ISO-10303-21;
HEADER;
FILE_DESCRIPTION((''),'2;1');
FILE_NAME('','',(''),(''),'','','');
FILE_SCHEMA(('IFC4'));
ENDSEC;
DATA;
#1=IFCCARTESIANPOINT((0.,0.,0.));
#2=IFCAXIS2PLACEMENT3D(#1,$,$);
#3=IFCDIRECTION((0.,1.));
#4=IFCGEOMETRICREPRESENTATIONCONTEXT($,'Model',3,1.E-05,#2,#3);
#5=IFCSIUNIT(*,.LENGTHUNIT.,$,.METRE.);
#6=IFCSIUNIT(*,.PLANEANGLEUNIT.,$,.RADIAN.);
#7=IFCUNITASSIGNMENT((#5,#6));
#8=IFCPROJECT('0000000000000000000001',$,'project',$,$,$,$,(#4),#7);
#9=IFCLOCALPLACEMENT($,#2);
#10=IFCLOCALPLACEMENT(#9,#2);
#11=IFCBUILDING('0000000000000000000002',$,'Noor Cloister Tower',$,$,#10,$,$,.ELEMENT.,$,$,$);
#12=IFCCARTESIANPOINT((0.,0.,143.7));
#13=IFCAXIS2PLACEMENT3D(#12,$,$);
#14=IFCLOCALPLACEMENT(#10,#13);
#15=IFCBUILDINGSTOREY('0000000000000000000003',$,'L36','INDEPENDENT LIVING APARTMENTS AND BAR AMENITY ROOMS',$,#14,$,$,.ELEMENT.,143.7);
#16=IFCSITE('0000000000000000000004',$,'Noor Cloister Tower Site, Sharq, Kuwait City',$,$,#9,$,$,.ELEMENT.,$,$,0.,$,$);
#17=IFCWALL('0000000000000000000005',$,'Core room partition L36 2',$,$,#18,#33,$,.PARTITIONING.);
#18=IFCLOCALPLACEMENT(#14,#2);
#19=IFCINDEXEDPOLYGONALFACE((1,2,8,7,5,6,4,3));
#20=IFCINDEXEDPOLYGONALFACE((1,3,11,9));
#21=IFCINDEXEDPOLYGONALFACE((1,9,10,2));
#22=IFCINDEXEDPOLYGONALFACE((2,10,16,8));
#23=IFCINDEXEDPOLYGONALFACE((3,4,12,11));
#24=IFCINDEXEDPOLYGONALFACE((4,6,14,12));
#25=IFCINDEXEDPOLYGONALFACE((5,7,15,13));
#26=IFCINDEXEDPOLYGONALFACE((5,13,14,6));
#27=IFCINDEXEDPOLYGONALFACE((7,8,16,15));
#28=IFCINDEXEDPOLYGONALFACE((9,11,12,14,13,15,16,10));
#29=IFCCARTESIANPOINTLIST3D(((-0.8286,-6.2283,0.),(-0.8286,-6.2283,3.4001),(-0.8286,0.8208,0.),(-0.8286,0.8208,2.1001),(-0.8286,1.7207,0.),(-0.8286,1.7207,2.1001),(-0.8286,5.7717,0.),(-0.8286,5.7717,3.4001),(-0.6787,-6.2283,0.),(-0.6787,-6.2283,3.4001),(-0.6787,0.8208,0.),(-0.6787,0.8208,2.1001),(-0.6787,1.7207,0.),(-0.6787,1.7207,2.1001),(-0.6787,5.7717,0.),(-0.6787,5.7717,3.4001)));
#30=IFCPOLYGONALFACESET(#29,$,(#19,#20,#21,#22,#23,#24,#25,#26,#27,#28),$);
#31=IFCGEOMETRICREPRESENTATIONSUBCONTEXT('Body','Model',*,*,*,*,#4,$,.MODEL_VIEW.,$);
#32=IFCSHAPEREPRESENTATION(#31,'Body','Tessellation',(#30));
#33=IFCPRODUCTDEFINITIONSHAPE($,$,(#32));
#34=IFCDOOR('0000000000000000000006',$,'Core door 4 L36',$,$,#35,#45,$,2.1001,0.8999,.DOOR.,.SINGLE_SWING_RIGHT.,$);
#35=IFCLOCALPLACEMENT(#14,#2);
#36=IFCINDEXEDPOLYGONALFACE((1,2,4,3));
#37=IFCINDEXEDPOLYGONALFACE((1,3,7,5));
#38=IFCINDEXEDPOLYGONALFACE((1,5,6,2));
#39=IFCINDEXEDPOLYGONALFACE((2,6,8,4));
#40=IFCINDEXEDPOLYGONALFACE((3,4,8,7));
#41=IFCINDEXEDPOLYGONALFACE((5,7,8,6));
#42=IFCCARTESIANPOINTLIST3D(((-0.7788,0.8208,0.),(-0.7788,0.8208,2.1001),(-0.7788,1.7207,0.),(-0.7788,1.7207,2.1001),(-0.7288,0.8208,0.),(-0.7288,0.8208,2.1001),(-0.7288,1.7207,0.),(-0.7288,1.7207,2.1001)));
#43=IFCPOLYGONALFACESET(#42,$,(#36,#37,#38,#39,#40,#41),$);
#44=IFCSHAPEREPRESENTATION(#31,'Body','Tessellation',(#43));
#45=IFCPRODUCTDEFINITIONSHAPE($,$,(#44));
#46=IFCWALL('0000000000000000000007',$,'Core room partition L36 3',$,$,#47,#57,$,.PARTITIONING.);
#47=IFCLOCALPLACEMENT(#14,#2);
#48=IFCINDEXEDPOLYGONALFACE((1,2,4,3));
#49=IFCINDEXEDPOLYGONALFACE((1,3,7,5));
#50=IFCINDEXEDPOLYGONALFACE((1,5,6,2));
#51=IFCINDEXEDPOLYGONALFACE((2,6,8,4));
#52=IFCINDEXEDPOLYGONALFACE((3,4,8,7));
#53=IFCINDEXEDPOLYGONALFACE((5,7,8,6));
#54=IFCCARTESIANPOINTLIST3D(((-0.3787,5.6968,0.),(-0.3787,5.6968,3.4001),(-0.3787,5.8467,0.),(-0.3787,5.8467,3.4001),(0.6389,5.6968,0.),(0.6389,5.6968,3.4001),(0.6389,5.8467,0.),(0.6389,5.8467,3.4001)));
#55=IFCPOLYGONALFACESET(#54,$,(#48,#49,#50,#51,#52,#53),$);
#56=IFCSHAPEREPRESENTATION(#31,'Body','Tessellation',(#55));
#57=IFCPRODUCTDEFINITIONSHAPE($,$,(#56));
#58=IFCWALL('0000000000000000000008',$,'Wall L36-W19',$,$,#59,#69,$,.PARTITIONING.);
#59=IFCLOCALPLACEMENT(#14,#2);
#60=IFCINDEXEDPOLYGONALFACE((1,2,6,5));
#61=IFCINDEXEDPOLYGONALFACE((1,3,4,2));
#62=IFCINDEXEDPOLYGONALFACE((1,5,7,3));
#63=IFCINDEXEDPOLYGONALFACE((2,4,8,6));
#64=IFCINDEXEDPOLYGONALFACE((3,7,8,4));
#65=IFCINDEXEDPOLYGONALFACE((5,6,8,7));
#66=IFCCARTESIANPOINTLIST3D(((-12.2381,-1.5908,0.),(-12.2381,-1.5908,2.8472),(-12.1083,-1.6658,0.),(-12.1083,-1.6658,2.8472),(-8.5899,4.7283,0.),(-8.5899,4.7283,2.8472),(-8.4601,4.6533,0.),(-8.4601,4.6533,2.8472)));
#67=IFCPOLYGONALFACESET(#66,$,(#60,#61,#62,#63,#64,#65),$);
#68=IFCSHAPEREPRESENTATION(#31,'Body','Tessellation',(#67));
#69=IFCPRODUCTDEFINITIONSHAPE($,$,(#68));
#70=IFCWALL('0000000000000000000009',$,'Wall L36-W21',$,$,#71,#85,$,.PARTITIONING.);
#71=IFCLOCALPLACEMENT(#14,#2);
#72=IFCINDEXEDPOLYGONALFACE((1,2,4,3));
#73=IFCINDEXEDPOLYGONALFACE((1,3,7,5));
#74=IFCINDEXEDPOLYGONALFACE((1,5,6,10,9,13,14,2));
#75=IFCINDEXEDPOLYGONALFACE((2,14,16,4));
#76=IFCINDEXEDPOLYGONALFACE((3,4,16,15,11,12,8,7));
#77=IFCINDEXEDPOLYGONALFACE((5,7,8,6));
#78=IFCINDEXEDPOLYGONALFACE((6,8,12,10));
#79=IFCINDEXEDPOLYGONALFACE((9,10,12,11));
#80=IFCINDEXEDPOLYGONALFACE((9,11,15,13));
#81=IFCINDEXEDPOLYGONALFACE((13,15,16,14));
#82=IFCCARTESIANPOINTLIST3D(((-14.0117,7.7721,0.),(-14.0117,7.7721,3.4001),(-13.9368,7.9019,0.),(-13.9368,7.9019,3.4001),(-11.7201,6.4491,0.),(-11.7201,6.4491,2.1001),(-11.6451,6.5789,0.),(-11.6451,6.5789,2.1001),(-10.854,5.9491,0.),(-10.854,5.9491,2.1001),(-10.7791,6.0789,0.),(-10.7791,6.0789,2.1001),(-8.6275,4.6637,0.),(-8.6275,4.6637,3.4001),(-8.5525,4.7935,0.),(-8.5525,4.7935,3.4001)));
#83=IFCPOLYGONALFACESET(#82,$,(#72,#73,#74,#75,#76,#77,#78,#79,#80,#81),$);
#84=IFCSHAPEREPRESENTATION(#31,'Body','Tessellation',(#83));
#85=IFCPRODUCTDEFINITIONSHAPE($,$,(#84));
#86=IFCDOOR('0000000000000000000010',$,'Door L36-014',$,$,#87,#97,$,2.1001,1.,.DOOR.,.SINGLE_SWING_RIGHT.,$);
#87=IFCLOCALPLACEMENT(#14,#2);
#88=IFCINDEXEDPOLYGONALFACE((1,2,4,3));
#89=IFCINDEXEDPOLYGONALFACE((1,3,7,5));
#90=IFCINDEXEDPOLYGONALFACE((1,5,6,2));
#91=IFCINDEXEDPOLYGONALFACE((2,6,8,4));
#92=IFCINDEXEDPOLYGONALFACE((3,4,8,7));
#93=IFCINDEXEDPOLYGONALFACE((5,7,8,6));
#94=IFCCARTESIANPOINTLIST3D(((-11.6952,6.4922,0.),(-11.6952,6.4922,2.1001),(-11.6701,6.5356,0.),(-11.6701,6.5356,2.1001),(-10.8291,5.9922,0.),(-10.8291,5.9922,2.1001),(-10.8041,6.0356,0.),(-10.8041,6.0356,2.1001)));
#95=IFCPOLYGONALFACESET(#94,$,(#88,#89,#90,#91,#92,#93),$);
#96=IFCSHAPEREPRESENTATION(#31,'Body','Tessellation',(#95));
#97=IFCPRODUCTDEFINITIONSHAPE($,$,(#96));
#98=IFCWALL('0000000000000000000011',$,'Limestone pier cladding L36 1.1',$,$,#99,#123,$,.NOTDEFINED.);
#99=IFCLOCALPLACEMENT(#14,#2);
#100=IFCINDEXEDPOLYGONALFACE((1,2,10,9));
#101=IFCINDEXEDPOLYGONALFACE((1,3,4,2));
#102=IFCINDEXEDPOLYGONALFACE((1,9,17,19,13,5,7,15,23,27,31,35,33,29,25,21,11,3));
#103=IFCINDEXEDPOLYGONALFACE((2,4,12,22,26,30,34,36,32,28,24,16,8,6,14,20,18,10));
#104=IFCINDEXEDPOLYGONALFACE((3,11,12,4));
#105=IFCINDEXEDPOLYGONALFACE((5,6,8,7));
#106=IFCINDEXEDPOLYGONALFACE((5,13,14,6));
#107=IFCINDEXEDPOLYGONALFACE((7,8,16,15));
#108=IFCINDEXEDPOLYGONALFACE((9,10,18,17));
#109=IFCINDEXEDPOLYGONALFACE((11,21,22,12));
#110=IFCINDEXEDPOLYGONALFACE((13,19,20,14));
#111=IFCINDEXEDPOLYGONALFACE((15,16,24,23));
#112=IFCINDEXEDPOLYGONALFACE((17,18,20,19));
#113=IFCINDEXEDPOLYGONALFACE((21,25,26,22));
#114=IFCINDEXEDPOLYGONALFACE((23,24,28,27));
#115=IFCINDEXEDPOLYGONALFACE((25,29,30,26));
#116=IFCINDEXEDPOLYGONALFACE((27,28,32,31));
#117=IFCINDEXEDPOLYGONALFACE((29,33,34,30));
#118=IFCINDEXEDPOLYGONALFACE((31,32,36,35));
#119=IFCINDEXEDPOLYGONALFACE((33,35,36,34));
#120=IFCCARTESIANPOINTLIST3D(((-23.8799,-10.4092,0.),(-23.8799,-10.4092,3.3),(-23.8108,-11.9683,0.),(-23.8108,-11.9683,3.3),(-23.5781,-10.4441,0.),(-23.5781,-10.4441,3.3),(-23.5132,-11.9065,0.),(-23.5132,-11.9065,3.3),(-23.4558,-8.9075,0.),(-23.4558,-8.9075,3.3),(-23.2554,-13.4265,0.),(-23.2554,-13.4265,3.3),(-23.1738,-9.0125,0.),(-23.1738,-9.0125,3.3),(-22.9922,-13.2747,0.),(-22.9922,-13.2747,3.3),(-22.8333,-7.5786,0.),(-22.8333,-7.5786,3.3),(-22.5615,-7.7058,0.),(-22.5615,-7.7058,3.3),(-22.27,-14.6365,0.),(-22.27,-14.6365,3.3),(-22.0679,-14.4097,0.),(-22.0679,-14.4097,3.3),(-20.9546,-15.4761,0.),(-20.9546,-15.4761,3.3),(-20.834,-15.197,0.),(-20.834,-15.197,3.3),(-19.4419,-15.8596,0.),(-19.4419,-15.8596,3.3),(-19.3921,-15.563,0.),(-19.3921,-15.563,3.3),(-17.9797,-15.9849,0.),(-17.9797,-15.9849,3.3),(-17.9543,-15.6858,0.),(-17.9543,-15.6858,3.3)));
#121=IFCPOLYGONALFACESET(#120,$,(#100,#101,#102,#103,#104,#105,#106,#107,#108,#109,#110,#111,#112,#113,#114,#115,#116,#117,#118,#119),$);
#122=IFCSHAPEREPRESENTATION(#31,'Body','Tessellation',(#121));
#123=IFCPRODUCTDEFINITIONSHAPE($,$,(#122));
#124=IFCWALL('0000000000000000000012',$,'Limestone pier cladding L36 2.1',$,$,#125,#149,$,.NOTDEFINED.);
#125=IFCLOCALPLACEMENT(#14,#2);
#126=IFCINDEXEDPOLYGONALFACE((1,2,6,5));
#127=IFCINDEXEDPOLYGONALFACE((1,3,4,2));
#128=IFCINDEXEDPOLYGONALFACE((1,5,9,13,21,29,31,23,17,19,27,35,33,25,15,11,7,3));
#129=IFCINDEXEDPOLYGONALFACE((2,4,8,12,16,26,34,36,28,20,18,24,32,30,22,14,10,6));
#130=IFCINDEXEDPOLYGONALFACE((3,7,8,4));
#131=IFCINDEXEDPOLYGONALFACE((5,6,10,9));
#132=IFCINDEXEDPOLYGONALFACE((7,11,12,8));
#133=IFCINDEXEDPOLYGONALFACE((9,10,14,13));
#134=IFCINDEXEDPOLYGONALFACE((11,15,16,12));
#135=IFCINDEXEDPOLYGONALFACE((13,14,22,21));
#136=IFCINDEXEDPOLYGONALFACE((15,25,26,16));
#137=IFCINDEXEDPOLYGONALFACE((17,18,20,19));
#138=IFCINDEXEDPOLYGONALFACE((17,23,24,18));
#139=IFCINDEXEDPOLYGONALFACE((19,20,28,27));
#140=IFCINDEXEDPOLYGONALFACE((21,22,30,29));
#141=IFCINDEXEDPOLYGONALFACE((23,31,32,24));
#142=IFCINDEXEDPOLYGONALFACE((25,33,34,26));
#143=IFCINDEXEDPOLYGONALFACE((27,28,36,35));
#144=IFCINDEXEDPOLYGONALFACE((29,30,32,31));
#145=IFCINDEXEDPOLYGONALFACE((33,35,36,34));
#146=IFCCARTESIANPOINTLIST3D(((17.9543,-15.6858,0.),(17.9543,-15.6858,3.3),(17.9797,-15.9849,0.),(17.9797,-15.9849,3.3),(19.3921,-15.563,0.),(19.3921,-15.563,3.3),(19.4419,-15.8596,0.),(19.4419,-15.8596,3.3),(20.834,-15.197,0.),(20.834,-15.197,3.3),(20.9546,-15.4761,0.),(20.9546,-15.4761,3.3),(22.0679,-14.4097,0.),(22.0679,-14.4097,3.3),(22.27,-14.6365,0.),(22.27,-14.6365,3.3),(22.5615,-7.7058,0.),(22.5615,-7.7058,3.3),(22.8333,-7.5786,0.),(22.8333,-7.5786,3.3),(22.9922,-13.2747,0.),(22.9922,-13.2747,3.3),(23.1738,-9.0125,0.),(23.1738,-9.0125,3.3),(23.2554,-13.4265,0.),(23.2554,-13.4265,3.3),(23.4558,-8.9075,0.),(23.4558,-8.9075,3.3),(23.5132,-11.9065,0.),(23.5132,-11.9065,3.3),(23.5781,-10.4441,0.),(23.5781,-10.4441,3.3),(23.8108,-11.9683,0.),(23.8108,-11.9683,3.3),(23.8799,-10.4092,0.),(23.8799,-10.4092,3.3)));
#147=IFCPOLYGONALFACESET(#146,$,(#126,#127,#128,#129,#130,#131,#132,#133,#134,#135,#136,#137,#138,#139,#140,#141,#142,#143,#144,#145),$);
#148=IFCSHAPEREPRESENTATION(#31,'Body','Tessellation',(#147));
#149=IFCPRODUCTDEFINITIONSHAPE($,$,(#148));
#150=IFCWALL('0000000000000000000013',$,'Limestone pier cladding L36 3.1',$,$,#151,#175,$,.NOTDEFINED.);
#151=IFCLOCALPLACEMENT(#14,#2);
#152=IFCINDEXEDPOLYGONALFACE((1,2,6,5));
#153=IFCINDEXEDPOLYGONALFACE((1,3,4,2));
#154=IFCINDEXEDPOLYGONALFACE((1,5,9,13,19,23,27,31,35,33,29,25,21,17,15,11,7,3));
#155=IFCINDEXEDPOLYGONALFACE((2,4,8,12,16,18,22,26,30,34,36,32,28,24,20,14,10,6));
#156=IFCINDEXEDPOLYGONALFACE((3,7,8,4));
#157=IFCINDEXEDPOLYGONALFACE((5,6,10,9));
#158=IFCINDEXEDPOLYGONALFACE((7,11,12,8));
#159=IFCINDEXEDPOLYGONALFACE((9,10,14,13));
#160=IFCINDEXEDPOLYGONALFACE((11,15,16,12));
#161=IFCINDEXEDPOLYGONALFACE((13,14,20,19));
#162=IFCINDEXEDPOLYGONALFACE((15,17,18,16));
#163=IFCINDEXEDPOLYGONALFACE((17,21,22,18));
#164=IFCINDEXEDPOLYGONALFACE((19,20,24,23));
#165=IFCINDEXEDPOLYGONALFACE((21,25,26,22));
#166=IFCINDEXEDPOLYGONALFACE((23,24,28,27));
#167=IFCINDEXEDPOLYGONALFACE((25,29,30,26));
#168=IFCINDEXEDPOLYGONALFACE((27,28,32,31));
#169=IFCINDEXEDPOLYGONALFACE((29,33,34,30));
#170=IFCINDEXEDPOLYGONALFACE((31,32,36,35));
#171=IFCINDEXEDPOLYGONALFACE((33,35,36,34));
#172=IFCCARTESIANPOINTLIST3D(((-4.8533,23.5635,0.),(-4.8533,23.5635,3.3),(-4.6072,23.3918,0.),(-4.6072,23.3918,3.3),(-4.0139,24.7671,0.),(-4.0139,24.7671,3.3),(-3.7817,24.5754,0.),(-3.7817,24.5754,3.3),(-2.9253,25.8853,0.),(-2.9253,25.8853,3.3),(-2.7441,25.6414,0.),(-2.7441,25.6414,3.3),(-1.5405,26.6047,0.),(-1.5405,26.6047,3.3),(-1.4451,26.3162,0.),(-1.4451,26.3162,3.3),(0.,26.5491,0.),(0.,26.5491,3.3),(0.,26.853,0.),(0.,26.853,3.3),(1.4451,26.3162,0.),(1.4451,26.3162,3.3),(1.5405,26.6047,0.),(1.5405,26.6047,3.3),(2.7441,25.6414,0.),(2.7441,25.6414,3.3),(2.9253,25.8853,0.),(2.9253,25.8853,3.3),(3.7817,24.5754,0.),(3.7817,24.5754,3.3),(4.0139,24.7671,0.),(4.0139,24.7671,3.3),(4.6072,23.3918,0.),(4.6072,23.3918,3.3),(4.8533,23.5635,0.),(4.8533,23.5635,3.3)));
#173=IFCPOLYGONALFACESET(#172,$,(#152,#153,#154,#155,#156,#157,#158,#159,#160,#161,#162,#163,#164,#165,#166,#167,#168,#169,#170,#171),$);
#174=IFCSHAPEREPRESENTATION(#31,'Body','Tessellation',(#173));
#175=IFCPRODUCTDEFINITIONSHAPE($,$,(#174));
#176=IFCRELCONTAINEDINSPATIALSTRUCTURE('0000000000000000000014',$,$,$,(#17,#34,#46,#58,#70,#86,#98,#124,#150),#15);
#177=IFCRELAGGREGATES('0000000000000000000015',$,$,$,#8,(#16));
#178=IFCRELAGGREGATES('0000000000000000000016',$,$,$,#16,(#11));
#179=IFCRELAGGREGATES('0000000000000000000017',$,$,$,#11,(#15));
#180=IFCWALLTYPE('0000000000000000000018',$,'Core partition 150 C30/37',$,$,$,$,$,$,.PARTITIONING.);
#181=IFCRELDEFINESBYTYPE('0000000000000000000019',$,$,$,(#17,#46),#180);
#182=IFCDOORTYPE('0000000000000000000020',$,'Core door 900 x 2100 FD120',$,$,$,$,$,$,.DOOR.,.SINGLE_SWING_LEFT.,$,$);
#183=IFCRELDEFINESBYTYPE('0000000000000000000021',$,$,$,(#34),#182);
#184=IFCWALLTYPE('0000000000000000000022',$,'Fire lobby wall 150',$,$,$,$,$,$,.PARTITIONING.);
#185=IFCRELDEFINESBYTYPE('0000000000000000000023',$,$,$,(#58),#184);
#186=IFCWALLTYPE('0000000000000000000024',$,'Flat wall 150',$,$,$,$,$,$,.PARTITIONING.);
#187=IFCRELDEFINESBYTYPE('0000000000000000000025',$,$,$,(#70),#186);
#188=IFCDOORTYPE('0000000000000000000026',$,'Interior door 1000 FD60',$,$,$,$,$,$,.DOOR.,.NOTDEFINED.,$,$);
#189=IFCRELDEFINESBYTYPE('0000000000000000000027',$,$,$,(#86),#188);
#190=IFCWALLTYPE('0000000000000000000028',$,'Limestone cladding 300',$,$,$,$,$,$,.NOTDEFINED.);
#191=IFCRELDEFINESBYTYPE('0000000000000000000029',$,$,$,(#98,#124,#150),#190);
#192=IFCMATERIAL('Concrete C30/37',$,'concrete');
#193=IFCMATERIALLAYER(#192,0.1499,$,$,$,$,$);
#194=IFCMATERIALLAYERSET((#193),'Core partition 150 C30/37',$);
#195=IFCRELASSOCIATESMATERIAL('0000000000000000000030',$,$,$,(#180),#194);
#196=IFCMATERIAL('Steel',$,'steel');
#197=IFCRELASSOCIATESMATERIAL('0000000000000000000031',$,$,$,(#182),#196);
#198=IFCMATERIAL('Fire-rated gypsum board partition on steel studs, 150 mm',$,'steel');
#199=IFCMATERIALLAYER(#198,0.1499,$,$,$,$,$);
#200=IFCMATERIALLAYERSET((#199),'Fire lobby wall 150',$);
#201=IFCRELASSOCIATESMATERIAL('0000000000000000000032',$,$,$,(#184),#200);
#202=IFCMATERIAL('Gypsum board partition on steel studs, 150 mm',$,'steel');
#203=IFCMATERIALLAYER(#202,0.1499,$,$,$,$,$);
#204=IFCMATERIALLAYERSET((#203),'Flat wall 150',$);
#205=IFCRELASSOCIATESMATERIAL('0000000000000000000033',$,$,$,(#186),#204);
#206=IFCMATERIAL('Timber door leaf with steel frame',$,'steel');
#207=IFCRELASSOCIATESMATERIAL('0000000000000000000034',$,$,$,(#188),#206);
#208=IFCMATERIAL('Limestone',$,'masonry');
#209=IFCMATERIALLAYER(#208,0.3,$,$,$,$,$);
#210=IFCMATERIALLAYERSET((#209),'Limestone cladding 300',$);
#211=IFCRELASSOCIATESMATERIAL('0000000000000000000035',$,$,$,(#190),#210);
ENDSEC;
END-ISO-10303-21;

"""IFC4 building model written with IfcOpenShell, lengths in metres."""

from ifc_helpers import new_model, si_unit, direction, frame, frame_2d, origin, place, context, subcontext, project, spatial, polyline, rectangle, outline, extrude, material, layer, layer_set, type_object, element, fill, save


model = new_model("IFC4")

# Units and contexts
model_context = context("Model", 3, precision=1e-05, world=origin(), true_north=direction((0.0, 1.0)))
body_context = subcontext(model_context, "Body", "Model", "MODEL_VIEW")
ifc_project = project(units=[si_unit("LENGTHUNIT", "METRE"), si_unit("PLANEANGLEUNIT", "RADIAN")], contexts=[model_context])

# Site, building, storey
site_placement = place(None, origin())
site = spatial("IfcSite", under=ifc_project, at=site_placement, Name="Noor Cloister Tower Site, Sharq, Kuwait City", CompositionType="ELEMENT", RefElevation=0.0)
building_placement = place(site_placement, origin())
building = spatial("IfcBuilding", under=site, at=building_placement, Name="Noor Cloister Tower", CompositionType="ELEMENT")
storey_placement = place(building_placement, frame((0.0, 0.0, 143.7)))
storey = spatial("IfcBuildingStorey", under=building, at=storey_placement, Name="L36", Description="INDEPENDENT LIVING APARTMENTS AND BAR AMENITY ROOMS", CompositionType="ELEMENT", Elevation=143.7)

# Wall, opening, door
ifc_material_1 = material(Name="Concrete C30/37", Category="concrete")
ifc_layer_1 = layer(ifc_material_1, 0.1499)
ifc_layer_set_1 = layer_set([ifc_layer_1], Name="Core partition 150 C30/37")
wall_type_1 = type_object("IfcWallType", Name="Core partition 150 C30/37", PredefinedType="PARTITIONING", material=ifc_layer_set_1)
wall_1_placement = place(storey_placement, frame((-0.7537, 5.7717, 0.0), z_axis=(0.0, 0.0, 1.0), x_axis=(0.0, -1.0, 0.0)))
wall_1 = element("IfcWall", 1, at=wall_1_placement, inside=storey, type_object=wall_type_1, Name="Core room partition L36 2", PredefinedType="PARTITIONING", context=body_context, shape_type="SweptSolid", body=[
    extrude(rectangle(XDim=12.0, YDim=0.1499, at=frame_2d((6.0, 0.0))), origin(), (0.0, 0.0, 1.0), 3.4001),
])
opening_1_placement = place(wall_1_placement, frame((4.051, 0.0, 0.0)))
opening_1 = element("IfcOpeningElement", 2, at=opening_1_placement, cuts=wall_1, PredefinedType="OPENING", context=body_context, shape_type="SweptSolid", body=[
    extrude(rectangle(XDim=0.8999, YDim=2.1001, at=frame_2d((0.45, 1.05))), frame((0.0, 0.085, 0.0), z_axis=(0.0, -1.0, 0.0), x_axis=(1.0, 0.0, 0.0)), (0.0, 0.0, 1.0), 0.1699),
])
ifc_material_2 = material(Name="Steel", Category="steel")
door_type_1 = type_object("IfcDoorType", Name="Core door 900 x 2100 FD120", OperationType="SINGLE_SWING_LEFT", PredefinedType="DOOR", material=ifc_material_2)
door_1_placement = place(opening_1_placement, origin())
door_1 = element("IfcDoor", 3, at=door_1_placement, inside=storey, type_object=door_type_1, Name="Core door 4 L36", OperationType="SINGLE_SWING_RIGHT", OverallHeight=2.1001, OverallWidth=0.8999, PredefinedType="DOOR", context=body_context, shape_type="SweptSolid", body=[
    extrude(rectangle(XDim=0.8999, YDim=2.1001, at=frame_2d((0.45, 1.05))), frame((0.0, 0.0249, 0.0), z_axis=(0.0, -1.0, 0.0), x_axis=(1.0, 0.0, 0.0)), (0.0, 0.0, 1.0), 0.05),
])
fill(opening_1, door_1)

# Walls
wall_2_placement = place(storey_placement, frame((-0.3787, 5.7717, 0.0), z_axis=(0.0, 0.0, 1.0), x_axis=(1.0, 0.0, 0.0)))
element("IfcWall", 4, at=wall_2_placement, inside=storey, type_object=wall_type_1, Name="Core room partition L36 3", PredefinedType="PARTITIONING", context=body_context, shape_type="SweptSolid", body=[
    extrude(rectangle(XDim=1.0176, YDim=0.1499, at=frame_2d((0.5088, 0.0))), origin(), (0.0, 0.0, 1.0), 3.4001),
])
ifc_material_3 = material(Name="Fire-rated gypsum board partition on steel studs, 150 mm", Category="steel")
ifc_layer_2 = layer(ifc_material_3, 0.1499)
ifc_layer_set_2 = layer_set([ifc_layer_2], Name="Fire lobby wall 150")
wall_type_2 = type_object("IfcWallType", Name="Fire lobby wall 150", PredefinedType="PARTITIONING", material=ifc_layer_set_2)
wall_3_placement = place(storey_placement, frame((-8.5249, 4.6909, 0.0), z_axis=(0.0, 0.0, 1.0), x_axis=(-0.499986, -0.866033, 0.0)))
element("IfcWall", 5, at=wall_3_placement, inside=storey, type_object=wall_type_2, Name="Wall L36-W19", PredefinedType="PARTITIONING", context=body_context, shape_type="SweptSolid", body=[
    extrude(rectangle(XDim=7.2966, YDim=0.1499, at=frame_2d((3.6484, 0.0))), origin(), (0.0, 0.0, 1.0), 2.8472),
])

# Wall, opening, door
ifc_material_4 = material(Name="Gypsum board partition on steel studs, 150 mm", Category="steel")
ifc_layer_3 = layer(ifc_material_4, 0.1499)
ifc_layer_set_3 = layer_set([ifc_layer_3], Name="Flat wall 150")
wall_type_3 = type_object("IfcWallType", Name="Flat wall 150", PredefinedType="PARTITIONING", material=ifc_layer_set_3)
wall_4_placement = place(storey_placement, frame((-13.9741, 7.8369, 0.0), z_axis=(0.0, 0.0, 1.0), x_axis=(0.86604, -0.499974, 0.0)))
wall_4 = element("IfcWall", 6, at=wall_4_placement, inside=storey, type_object=wall_type_3, Name="Wall L36-W21", PredefinedType="PARTITIONING", context=body_context, shape_type="SweptSolid", body=[
    extrude(rectangle(XDim=6.217, YDim=0.1499, at=frame_2d((3.1084, 0.0))), origin(), (0.0, 0.0, 1.0), 3.4001),
])
opening_2_placement = place(wall_4_placement, frame((2.646, 0.0, 0.0)))
opening_2 = element("IfcOpeningElement", 7, at=opening_2_placement, cuts=wall_4, PredefinedType="OPENING", context=body_context, shape_type="SweptSolid", body=[
    extrude(rectangle(XDim=1.0, YDim=2.1001, at=frame_2d((0.5, 1.05))), frame((0.0, 0.085, 0.0), z_axis=(0.0, -1.0, 0.0), x_axis=(1.0, 0.0, 0.0)), (0.0, 0.0, 1.0), 0.1699),
])
ifc_material_5 = material(Name="Timber door leaf with steel frame", Category="steel")
door_type_2 = type_object("IfcDoorType", Name="Interior door 1000 FD60", OperationType="NOTDEFINED", PredefinedType="DOOR", material=ifc_material_5)
door_2_placement = place(opening_2_placement, origin())
door_2 = element("IfcDoor", 8, at=door_2_placement, inside=storey, type_object=door_type_2, Name="Door L36-014", OperationType="SINGLE_SWING_RIGHT", OverallHeight=2.1001, OverallWidth=1.0, PredefinedType="DOOR", context=body_context, shape_type="SweptSolid", body=[
    extrude(rectangle(XDim=1.0, YDim=2.1001, at=frame_2d((0.5, 1.05))), frame((0.0, 0.0249, 0.0), z_axis=(0.0, -1.0, 0.0), x_axis=(1.0, 0.0, 0.0)), (0.0, 0.0, 1.0), 0.05),
])
fill(opening_2, door_2)

# Walls
ifc_material_6 = material(Name="Limestone", Category="masonry")
ifc_layer_4 = layer(ifc_material_6, 0.3)
ifc_layer_set_4 = layer_set([ifc_layer_4], Name="Limestone cladding 300")
wall_type_4 = type_object("IfcWallType", Name="Limestone cladding 300", PredefinedType="NOTDEFINED", material=ifc_layer_set_4)
wall_5_placement = place(storey_placement, origin())
element("IfcWall", 9, at=wall_5_placement, inside=storey, type_object=wall_type_4, Name="Limestone pier cladding L36 1.1", PredefinedType="NOTDEFINED", context=body_context, shape_type="SweptSolid", body=[
    extrude(outline(polyline([(-22.8333, -7.5786), (-23.4558, -8.9075), (-23.8799, -10.4092), (-23.8108, -11.9683), (-23.2554, -13.4265), (-22.27, -14.6365), (-20.9546, -15.4761), (-19.4419, -15.8596), (-17.9797, -15.9849), (-17.9543, -15.6858), (-19.3921, -15.563), (-20.834, -15.197), (-22.0679, -14.4097), (-22.9922, -13.2747), (-23.5132, -11.9065), (-23.5781, -10.4441), (-23.1738, -9.0125), (-22.5615, -7.7058), (-22.8333, -7.5786)])), origin(), (0.0, 0.0, 1.0), 3.3),
])
wall_6_placement = place(storey_placement, origin())
element("IfcWall", 10, at=wall_6_placement, inside=storey, type_object=wall_type_4, Name="Limestone pier cladding L36 2.1", PredefinedType="NOTDEFINED", context=body_context, shape_type="SweptSolid", body=[
    extrude(outline(polyline([(17.9797, -15.9849), (19.4419, -15.8596), (20.9546, -15.4761), (22.27, -14.6365), (23.2554, -13.4265), (23.8108, -11.9683), (23.8799, -10.4092), (23.4558, -8.9075), (22.8333, -7.5786), (22.5615, -7.7058), (23.1738, -9.0125), (23.5781, -10.4441), (23.5132, -11.9065), (22.9922, -13.2747), (22.0679, -14.4097), (20.834, -15.197), (19.3921, -15.563), (17.9543, -15.6858), (17.9797, -15.9849)])), origin(), (0.0, 0.0, 1.0), 3.3),
])
wall_7_placement = place(storey_placement, origin())
element("IfcWall", 11, at=wall_7_placement, inside=storey, type_object=wall_type_4, Name="Limestone pier cladding L36 3.1", PredefinedType="NOTDEFINED", context=body_context, shape_type="SweptSolid", body=[
    extrude(outline(polyline([(4.8533, 23.5635), (4.0139, 24.7671), (2.9253, 25.8853), (1.5405, 26.6047), (0.0, 26.853), (-1.5405, 26.6047), (-2.9253, 25.8853), (-4.0139, 24.7671), (-4.8533, 23.5635), (-4.6072, 23.3918), (-3.7817, 24.5754), (-2.7441, 25.6414), (-1.4451, 26.3162), (0.0, 26.5491), (1.4451, 26.3162), (2.7441, 25.6414), (3.7817, 24.5754), (4.6072, 23.3918), (4.8533, 23.5635)])), origin(), (0.0, 0.0, 1.0), 3.3),
])

save(model, "model.ifc")
